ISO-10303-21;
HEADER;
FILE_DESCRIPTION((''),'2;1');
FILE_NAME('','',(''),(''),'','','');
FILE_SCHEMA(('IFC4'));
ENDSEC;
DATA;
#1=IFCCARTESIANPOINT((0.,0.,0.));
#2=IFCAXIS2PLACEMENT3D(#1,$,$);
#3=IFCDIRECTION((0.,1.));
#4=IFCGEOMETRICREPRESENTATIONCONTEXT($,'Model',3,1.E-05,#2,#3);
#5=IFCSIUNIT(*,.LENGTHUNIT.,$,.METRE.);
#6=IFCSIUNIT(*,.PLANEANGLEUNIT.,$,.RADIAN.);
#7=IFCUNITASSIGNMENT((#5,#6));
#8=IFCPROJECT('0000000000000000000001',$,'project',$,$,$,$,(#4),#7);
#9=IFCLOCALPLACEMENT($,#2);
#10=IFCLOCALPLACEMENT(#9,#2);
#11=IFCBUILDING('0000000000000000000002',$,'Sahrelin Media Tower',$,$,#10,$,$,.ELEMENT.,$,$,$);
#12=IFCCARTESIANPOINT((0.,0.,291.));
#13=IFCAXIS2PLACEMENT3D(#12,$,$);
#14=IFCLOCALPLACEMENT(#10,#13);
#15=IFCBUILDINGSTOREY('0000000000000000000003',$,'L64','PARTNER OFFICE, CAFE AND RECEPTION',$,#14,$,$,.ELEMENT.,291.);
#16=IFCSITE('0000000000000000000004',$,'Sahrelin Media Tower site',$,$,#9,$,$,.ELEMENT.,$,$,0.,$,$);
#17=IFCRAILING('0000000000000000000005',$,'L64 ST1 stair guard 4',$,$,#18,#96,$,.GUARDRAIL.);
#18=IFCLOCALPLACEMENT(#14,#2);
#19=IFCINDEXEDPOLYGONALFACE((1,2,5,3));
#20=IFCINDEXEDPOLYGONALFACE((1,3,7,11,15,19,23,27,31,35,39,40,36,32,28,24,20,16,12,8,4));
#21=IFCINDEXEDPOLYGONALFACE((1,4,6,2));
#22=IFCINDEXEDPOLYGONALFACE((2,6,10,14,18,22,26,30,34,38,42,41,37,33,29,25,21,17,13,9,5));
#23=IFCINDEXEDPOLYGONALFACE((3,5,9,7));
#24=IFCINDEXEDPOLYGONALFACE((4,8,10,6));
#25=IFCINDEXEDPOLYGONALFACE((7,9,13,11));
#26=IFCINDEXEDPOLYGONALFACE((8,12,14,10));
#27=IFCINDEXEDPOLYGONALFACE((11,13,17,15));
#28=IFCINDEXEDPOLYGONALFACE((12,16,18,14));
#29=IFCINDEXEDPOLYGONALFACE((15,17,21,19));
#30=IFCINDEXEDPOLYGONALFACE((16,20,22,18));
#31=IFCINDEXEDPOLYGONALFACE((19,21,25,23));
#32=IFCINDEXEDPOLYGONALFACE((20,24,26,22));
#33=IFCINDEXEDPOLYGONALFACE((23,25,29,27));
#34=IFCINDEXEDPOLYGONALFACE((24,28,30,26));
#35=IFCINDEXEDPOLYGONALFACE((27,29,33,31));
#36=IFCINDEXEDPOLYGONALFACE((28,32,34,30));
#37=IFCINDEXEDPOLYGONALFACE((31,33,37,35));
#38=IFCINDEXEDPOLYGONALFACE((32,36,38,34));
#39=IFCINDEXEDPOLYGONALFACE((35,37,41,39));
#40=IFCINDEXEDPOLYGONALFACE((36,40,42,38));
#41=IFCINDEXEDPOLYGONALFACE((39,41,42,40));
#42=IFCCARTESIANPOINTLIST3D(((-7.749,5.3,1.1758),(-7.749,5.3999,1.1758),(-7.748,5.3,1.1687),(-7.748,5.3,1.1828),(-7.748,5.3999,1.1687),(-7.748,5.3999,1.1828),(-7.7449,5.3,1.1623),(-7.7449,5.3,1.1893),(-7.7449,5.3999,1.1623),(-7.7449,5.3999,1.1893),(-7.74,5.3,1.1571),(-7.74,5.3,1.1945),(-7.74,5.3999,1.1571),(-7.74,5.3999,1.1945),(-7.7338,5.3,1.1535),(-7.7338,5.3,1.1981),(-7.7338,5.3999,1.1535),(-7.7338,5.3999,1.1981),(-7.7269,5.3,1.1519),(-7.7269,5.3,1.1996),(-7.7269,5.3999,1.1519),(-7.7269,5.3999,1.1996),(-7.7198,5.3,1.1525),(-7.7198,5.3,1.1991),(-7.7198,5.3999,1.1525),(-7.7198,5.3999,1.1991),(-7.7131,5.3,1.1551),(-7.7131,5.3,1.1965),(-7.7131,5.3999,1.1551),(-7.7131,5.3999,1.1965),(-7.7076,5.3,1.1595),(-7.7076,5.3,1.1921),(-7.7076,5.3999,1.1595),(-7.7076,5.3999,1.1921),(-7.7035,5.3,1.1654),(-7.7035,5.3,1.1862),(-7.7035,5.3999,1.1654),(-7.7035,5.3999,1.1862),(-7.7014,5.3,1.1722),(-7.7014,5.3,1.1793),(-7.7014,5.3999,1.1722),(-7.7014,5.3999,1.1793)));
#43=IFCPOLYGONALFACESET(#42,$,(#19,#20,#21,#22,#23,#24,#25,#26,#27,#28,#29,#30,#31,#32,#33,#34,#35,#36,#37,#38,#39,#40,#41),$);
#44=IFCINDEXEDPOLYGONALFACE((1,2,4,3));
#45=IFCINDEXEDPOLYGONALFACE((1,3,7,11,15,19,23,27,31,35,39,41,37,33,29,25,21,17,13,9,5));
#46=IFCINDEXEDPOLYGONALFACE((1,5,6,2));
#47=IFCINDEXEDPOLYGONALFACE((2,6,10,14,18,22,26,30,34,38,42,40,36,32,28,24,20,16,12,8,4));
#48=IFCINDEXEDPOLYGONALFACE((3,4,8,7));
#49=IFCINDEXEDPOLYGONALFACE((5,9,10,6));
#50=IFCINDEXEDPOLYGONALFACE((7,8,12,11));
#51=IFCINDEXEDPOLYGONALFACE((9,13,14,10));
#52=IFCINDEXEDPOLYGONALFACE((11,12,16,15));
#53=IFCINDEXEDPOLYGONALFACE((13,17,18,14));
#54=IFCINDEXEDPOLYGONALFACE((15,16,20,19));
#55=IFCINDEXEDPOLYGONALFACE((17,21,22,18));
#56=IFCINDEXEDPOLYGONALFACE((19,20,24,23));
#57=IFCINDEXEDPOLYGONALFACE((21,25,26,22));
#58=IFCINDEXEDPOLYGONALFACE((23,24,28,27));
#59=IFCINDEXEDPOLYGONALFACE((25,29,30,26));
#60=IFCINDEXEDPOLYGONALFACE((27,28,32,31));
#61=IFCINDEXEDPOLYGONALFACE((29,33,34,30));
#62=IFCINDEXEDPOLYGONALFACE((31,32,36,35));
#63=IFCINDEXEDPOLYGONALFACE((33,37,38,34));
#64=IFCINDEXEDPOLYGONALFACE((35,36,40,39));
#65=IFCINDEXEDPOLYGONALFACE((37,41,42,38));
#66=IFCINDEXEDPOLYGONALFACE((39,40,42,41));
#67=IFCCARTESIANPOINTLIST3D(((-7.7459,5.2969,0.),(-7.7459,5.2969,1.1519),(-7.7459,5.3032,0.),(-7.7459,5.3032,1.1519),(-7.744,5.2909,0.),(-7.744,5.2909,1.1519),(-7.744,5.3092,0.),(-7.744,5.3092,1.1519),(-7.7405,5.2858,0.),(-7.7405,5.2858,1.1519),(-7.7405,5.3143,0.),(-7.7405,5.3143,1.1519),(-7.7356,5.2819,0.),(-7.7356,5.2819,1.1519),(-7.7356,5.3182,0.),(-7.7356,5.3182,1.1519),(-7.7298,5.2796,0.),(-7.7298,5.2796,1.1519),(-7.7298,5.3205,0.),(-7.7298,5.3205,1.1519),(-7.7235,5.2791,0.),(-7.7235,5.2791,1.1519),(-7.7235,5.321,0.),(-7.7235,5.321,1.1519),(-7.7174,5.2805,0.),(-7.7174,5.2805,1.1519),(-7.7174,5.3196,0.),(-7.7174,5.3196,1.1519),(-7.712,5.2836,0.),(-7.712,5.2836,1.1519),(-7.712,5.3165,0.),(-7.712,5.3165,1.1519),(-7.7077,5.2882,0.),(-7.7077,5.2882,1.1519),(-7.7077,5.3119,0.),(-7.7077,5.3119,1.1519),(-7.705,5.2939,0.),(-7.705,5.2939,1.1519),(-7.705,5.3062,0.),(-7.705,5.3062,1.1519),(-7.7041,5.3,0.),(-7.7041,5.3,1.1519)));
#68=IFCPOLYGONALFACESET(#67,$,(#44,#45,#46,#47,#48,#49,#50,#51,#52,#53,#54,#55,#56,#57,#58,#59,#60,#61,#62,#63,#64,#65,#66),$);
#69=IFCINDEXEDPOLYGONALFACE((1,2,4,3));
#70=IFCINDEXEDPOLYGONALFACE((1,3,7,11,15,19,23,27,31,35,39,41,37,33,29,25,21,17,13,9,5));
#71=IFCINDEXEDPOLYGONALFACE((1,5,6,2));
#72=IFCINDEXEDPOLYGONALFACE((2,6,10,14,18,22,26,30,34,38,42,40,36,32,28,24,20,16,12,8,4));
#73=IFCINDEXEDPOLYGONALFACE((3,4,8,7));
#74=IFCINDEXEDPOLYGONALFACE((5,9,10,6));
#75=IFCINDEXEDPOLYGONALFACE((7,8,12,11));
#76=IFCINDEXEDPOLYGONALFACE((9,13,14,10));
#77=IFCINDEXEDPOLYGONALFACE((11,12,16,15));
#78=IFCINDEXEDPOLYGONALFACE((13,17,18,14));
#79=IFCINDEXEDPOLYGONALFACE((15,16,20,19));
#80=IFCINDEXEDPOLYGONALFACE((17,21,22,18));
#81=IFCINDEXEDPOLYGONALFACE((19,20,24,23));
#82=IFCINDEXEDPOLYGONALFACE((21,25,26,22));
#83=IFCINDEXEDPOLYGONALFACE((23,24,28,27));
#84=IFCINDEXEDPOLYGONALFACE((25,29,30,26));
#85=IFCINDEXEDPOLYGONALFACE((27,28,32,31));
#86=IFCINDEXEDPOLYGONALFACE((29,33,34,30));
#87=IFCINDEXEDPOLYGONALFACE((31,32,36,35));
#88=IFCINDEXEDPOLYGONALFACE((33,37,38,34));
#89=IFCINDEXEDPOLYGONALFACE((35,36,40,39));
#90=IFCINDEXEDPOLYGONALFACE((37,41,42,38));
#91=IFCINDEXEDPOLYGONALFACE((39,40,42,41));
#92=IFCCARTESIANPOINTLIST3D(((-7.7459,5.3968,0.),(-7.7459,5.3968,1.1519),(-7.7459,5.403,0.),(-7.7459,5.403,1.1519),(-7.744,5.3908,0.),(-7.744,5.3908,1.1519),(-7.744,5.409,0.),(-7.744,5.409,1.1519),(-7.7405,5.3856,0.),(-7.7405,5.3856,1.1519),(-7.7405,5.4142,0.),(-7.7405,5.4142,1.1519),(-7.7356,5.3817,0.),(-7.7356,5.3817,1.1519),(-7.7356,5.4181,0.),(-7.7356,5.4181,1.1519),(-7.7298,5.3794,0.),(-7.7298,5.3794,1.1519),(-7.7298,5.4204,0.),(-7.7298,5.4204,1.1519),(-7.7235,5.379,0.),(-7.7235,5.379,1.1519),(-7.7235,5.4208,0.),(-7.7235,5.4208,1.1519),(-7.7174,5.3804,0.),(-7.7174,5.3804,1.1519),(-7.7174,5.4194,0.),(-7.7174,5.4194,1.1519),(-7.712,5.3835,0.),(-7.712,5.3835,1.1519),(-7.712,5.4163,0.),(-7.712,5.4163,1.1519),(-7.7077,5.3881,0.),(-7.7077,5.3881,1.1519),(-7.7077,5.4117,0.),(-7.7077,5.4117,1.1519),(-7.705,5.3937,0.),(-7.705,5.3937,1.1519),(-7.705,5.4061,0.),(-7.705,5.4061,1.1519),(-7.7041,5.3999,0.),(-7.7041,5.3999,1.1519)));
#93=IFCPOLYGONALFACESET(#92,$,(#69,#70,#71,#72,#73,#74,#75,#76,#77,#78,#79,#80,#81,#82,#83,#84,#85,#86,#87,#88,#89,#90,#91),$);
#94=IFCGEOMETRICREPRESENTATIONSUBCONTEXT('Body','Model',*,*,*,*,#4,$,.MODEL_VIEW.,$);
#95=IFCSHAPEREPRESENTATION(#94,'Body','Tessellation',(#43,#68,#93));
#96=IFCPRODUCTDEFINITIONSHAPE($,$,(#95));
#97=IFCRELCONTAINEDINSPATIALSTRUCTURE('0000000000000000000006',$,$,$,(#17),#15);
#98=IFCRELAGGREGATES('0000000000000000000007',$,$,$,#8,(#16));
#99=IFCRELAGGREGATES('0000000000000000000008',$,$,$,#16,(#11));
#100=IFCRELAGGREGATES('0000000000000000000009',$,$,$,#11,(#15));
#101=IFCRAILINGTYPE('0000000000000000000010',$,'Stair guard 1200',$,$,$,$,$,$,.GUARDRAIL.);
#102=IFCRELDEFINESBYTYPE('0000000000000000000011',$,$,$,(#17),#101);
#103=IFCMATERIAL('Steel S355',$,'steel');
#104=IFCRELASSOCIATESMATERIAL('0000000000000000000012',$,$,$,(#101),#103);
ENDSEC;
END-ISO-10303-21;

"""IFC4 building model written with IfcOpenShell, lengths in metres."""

from ifc_helpers import new_model, si_unit, direction, frame, origin, origin_2d, place, context, subcontext, project, spatial, circle, extrude, material, type_object, element, save


model = new_model("IFC4")

# Units and contexts
model_context = context("Model", 3, precision=1e-05, world=origin(), true_north=direction((0.0, 1.0)))
body_context = subcontext(model_context, "Body", "Model", "MODEL_VIEW")
ifc_project = project(units=[si_unit("LENGTHUNIT", "METRE"), si_unit("PLANEANGLEUNIT", "RADIAN")], contexts=[model_context])

# Site, building, storey
site_placement = place(None, origin())
site = spatial("IfcSite", under=ifc_project, at=site_placement, Name="Sahrelin Media Tower site", CompositionType="ELEMENT", RefElevation=0.0)
building_placement = place(site_placement, origin())
building = spatial("IfcBuilding", under=site, at=building_placement, Name="Sahrelin Media Tower", CompositionType="ELEMENT")
storey_placement = place(building_placement, frame((0.0, 0.0, 291.0)))
storey = spatial("IfcBuildingStorey", under=building, at=storey_placement, Name="L64", Description="PARTNER OFFICE, CAFE AND RECEPTION", CompositionType="ELEMENT", Elevation=291.0)

# Shared definitions
ifc_material_1 = material(Name="Steel S355", Category="steel")

# Railing
railing_type_1 = type_object("IfcRailingType", Name="Stair guard 1200", PredefinedType="GUARDRAIL", material=ifc_material_1)
railing_1_placement = place(storey_placement, frame((-7.7251, 5.3, 0.0)))
element("IfcRailing", 1, at=railing_1_placement, inside=storey, type_object=railing_type_1, Name="L64 ST1 stair guard 4", PredefinedType="GUARDRAIL", context=body_context, shape_type="SweptSolid", body=[
    extrude(circle(Radius=0.0239, at=origin_2d()), frame((0.0, 0.0, 1.1758), z_axis=(0.0, 1.0, 0.0), x_axis=(-1.0, 0.0, 0.0)), (0.0, 0.0, 1.0), 0.0999),
    extrude(circle(Radius=0.021, at=origin_2d()), origin(), (0.0, 0.0, 1.0), 1.1519),
    extrude(circle(Radius=0.021, at=origin_2d()), frame((0.0, 0.0999, 0.0)), (0.0, 0.0, 1.0), 1.1519),
])

save(model, "model.ifc")
